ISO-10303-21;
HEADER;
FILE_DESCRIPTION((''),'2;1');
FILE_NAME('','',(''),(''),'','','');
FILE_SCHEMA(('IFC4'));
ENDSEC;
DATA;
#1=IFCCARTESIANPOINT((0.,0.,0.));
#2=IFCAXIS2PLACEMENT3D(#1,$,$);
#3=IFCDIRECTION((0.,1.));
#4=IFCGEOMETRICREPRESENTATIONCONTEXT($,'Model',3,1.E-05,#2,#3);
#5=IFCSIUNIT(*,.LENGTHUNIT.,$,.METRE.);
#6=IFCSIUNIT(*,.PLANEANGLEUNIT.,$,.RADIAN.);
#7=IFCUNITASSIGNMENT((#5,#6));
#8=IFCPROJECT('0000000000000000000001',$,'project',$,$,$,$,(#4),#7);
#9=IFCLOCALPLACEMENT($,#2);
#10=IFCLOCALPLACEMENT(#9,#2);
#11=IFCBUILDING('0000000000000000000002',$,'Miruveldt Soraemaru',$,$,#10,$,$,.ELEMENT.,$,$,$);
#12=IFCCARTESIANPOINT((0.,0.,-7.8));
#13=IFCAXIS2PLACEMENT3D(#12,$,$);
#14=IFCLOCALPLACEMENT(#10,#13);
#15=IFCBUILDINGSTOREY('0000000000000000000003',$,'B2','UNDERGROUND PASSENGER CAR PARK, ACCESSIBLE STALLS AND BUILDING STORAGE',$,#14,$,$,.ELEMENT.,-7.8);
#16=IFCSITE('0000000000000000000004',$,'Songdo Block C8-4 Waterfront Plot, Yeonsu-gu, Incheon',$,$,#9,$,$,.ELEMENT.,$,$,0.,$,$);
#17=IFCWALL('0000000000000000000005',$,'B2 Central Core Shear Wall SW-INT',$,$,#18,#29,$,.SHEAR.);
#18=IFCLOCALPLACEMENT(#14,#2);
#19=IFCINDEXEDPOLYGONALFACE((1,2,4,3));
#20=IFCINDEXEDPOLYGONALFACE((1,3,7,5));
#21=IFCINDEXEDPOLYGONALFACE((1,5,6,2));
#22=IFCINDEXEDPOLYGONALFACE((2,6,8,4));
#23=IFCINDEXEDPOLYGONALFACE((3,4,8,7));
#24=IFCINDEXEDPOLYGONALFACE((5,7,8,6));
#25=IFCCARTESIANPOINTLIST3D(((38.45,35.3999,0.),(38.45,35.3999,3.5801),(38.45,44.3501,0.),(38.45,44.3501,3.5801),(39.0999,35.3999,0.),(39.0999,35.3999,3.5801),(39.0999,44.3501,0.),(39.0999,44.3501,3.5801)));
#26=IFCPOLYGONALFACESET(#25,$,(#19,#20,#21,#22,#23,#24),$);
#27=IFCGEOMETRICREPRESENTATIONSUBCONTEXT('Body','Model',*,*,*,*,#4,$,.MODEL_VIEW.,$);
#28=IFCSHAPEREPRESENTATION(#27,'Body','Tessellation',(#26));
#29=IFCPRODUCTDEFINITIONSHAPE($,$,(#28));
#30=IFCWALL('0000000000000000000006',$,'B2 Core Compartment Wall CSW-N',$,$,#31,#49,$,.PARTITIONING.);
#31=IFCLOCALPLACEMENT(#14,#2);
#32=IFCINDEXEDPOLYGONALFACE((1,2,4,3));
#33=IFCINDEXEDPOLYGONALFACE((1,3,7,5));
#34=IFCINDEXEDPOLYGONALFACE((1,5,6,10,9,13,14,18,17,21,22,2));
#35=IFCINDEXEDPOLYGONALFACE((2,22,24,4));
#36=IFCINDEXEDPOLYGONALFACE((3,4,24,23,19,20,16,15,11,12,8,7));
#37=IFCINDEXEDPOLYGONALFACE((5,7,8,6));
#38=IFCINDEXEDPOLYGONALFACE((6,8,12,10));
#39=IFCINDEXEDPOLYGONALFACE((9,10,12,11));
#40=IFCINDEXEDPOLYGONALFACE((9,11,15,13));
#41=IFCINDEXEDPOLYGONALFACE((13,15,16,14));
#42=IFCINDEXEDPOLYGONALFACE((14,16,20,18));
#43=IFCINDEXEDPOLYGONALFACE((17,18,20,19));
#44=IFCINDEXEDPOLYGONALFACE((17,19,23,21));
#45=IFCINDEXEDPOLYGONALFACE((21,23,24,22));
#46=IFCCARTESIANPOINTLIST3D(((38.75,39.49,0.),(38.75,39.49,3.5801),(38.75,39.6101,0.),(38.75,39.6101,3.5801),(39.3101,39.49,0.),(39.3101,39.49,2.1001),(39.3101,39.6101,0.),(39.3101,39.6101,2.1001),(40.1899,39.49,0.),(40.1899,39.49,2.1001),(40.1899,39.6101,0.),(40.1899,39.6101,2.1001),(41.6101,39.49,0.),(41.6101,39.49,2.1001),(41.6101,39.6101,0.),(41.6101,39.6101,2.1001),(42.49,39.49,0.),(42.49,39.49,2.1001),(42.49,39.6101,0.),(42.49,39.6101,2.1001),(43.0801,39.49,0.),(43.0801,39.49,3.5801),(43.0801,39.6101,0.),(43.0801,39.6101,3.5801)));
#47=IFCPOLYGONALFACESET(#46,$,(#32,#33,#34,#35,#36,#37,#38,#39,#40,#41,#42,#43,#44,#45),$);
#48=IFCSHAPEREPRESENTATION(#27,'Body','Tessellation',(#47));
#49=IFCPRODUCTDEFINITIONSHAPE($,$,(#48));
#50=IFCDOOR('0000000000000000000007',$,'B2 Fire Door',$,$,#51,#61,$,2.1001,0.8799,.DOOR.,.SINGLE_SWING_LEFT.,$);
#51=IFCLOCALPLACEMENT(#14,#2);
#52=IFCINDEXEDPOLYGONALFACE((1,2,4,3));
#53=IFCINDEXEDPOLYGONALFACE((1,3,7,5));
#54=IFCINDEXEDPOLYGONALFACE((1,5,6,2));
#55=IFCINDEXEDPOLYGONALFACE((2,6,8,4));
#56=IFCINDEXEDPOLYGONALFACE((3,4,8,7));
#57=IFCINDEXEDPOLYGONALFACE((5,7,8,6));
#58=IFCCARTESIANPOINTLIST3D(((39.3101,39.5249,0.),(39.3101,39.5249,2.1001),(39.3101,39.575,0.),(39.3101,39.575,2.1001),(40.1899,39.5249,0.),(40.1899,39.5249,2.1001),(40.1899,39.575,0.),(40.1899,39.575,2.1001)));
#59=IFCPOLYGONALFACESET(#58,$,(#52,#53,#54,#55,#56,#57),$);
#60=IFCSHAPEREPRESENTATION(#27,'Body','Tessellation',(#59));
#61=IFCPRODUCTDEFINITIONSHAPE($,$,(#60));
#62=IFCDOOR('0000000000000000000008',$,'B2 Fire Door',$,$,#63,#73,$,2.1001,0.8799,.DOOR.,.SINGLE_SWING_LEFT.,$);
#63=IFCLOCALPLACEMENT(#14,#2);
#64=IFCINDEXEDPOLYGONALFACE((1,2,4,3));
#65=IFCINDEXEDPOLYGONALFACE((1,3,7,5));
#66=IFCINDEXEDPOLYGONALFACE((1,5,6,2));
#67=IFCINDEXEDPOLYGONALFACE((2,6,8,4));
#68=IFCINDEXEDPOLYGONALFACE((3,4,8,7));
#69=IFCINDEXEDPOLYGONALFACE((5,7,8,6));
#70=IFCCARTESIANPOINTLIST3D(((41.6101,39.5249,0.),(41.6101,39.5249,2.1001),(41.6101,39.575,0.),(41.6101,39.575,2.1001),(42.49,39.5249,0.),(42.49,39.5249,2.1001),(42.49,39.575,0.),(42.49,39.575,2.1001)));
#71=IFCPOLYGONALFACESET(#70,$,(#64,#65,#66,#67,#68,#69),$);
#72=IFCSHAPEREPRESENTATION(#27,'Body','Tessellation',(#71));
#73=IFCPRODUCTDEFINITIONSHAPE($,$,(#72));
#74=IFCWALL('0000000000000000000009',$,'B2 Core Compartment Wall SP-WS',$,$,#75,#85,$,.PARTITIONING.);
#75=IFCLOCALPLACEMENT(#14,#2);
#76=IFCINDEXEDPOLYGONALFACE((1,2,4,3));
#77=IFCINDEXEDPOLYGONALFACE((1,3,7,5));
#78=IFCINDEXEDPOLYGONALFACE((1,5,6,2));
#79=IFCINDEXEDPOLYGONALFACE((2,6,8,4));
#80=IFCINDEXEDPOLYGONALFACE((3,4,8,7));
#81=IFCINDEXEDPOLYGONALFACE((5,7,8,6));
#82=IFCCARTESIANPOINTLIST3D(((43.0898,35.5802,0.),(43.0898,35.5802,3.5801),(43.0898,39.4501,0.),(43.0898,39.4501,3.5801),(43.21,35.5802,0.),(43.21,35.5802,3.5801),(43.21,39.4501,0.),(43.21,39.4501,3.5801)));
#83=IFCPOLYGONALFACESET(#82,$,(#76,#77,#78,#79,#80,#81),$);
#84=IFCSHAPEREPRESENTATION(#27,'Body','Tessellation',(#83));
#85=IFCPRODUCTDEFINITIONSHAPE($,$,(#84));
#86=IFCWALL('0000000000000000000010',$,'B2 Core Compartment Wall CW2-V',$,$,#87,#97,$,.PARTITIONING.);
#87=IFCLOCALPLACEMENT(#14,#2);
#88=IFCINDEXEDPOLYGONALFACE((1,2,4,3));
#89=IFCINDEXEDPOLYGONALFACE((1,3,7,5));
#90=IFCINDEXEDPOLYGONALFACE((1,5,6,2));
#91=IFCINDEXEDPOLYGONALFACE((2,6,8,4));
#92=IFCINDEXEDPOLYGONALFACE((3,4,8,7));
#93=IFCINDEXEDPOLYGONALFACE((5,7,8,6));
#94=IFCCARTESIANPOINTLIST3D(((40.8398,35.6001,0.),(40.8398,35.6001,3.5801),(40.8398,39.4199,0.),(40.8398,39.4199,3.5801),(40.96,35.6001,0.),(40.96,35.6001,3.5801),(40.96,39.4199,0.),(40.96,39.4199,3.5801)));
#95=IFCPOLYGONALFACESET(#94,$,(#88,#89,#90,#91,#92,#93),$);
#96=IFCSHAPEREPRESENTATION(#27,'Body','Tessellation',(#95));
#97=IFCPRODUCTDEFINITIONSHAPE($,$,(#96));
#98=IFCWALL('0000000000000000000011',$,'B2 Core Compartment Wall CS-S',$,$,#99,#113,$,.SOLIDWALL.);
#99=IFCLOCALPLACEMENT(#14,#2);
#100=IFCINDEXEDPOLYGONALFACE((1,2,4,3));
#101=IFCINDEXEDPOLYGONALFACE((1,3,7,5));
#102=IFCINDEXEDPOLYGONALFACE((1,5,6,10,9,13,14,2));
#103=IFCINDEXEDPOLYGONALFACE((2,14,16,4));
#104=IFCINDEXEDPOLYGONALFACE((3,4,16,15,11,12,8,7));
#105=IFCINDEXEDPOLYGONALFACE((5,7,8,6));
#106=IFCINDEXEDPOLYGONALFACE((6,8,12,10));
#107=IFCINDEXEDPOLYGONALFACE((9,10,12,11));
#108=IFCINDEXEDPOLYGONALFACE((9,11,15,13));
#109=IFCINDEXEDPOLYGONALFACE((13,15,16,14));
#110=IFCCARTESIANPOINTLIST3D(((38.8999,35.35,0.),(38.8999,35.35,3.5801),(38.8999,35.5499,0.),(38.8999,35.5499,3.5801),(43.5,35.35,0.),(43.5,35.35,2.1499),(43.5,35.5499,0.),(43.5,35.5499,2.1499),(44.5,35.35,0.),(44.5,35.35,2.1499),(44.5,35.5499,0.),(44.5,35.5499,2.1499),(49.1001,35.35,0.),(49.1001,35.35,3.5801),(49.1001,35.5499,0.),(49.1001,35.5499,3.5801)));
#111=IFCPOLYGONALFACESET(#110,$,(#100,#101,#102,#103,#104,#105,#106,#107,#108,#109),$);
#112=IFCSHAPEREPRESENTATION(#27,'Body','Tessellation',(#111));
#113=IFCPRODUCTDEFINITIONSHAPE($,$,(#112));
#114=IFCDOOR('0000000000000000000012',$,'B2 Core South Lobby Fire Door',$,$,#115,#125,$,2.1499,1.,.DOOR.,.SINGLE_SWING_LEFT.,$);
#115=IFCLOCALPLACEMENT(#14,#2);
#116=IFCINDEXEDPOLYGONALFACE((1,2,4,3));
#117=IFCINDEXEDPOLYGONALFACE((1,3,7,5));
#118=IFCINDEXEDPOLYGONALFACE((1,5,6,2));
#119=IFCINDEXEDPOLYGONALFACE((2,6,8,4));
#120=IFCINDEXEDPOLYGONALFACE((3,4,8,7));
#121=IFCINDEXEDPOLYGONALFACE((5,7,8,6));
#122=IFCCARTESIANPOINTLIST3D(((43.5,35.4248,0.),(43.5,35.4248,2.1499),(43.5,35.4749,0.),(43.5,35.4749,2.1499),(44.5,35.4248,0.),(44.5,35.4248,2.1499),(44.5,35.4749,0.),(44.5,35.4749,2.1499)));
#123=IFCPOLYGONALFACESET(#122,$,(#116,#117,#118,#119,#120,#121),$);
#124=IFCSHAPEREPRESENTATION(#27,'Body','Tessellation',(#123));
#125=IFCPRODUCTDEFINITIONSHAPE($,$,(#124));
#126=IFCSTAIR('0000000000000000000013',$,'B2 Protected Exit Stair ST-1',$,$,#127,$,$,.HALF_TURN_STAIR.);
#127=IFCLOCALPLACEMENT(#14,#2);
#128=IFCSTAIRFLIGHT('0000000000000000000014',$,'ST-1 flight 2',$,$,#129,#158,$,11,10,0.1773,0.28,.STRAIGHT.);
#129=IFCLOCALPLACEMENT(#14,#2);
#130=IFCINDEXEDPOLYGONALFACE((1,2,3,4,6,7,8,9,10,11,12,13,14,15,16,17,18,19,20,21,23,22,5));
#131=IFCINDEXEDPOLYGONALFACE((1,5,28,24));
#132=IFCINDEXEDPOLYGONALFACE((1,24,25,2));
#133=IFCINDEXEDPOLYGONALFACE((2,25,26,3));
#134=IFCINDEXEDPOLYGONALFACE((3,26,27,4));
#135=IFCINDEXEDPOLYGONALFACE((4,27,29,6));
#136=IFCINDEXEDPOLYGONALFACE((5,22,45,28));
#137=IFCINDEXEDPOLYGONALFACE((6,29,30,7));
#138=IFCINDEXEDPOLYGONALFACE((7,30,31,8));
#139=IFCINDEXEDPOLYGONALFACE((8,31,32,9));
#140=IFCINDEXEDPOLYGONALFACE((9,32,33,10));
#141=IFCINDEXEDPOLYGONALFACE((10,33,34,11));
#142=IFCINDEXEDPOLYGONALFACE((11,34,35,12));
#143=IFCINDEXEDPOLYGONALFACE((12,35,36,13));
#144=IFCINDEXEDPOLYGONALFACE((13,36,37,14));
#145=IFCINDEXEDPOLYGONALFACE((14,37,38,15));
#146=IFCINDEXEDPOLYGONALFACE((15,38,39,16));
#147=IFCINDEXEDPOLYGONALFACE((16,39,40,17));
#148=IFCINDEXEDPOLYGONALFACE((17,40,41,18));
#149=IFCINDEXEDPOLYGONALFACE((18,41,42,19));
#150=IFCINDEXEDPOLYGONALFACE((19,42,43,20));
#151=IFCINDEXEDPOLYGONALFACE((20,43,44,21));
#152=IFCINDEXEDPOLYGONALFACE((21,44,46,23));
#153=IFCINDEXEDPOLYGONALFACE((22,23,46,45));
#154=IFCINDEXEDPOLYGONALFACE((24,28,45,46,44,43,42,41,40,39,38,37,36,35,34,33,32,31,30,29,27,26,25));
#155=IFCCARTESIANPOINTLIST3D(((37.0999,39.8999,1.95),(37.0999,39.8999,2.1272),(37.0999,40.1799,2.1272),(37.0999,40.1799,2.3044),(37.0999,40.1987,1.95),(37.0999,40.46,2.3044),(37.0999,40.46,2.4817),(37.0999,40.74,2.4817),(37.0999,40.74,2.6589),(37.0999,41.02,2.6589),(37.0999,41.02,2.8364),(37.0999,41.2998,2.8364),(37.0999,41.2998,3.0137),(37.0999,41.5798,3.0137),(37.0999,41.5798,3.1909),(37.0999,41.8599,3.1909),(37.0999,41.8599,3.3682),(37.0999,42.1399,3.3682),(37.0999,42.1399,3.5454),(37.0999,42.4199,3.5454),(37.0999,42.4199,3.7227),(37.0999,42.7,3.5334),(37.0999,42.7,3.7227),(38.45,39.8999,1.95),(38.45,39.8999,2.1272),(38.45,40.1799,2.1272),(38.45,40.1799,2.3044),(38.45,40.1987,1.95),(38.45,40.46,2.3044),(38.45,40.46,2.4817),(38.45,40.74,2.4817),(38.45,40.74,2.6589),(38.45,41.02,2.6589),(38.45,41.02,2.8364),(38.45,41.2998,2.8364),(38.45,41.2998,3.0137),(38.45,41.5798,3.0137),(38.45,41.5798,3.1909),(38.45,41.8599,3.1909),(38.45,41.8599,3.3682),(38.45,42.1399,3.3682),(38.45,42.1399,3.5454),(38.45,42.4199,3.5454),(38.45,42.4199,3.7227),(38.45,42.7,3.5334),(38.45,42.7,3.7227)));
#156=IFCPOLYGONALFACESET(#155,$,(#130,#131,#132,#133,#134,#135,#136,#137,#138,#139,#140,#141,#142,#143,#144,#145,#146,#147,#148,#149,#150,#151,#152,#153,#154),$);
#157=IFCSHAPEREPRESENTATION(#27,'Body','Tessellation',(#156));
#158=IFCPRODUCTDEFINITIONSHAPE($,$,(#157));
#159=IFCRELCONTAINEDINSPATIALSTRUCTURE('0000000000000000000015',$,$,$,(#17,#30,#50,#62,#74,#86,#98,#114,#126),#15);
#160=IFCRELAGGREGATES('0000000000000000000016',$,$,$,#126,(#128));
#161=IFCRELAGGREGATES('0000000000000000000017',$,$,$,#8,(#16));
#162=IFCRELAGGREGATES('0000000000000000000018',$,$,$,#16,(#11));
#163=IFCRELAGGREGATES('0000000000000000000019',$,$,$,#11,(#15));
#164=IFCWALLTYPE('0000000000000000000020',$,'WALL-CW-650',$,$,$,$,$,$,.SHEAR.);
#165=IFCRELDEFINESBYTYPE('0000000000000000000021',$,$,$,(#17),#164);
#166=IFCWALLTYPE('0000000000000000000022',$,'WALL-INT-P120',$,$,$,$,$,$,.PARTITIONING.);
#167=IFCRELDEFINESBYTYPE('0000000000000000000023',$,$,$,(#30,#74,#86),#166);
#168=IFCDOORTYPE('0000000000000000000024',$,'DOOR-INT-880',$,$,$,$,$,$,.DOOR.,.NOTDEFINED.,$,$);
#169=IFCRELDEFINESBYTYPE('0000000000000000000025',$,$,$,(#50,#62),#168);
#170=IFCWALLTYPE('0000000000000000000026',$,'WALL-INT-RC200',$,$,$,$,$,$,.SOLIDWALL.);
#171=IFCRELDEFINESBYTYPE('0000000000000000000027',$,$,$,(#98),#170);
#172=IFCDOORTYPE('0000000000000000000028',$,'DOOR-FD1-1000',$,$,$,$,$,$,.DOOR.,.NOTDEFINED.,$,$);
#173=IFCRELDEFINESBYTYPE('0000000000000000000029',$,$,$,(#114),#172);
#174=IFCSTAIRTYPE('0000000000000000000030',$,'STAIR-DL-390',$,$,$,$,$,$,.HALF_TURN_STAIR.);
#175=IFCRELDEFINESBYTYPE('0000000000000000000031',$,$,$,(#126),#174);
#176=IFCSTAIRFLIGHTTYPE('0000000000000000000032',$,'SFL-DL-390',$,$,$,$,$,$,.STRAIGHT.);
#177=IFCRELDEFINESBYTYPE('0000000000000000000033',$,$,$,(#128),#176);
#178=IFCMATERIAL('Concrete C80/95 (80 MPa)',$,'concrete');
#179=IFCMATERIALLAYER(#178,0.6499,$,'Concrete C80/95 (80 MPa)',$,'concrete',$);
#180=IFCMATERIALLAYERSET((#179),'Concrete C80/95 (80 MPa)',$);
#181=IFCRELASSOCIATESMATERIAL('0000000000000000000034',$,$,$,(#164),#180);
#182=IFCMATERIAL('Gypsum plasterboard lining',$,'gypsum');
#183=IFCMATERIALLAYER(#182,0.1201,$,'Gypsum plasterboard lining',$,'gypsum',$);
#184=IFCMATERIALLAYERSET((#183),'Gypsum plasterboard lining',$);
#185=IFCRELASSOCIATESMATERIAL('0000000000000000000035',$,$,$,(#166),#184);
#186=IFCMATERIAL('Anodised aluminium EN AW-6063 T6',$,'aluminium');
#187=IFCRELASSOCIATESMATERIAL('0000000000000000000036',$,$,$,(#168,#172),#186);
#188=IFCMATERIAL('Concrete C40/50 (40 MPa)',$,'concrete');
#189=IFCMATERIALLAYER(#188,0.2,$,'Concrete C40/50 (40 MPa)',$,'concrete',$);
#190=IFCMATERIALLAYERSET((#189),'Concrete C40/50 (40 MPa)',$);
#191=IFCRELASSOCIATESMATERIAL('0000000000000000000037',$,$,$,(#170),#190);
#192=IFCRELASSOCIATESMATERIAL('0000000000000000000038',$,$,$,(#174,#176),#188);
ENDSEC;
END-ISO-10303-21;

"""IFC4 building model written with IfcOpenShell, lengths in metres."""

from ifc_helpers import new_model, si_unit, direction, frame, frame_2d, origin, place, context, subcontext, project, spatial, polyline, rectangle, outline, extrude, material, layer, layer_set, type_object, element, fill, aggregate, save


model = new_model("IFC4")

# Units and contexts
model_context = context("Model", 3, precision=1e-05, world=origin(), true_north=direction((0.0, 1.0)))
body_context = subcontext(model_context, "Body", "Model", "MODEL_VIEW")
ifc_project = project(units=[si_unit("LENGTHUNIT", "METRE"), si_unit("PLANEANGLEUNIT", "RADIAN")], contexts=[model_context])

# Site, building, storey
site_placement = place(None, origin())
site = spatial("IfcSite", under=ifc_project, at=site_placement, Name="Songdo Block C8-4 Waterfront Plot, Yeonsu-gu, Incheon", CompositionType="ELEMENT", RefElevation=0.0)
building_placement = place(site_placement, origin())
building = spatial("IfcBuilding", under=site, at=building_placement, Name="Miruveldt Soraemaru", CompositionType="ELEMENT")
storey_placement = place(building_placement, frame((0.0, 0.0, -7.8)))
storey = spatial("IfcBuildingStorey", under=building, at=storey_placement, Name="B2", Description="UNDERGROUND PASSENGER CAR PARK, ACCESSIBLE STALLS AND BUILDING STORAGE", CompositionType="ELEMENT", Elevation=-7.8)

# Shared definitions
ifc_material_1 = material(Name="Concrete C80/95 (80 MPa)", Category="concrete")

# Wall
ifc_layer_1 = layer(ifc_material_1, 0.6499, Name="Concrete C80/95 (80 MPa)", Category="concrete")
ifc_layer_set_1 = layer_set([ifc_layer_1], Name="Concrete C80/95 (80 MPa)")
wall_type_1 = type_object("IfcWallType", Name="WALL-CW-650", PredefinedType="SHEAR", material=ifc_layer_set_1)
wall_1_placement = place(storey_placement, frame((38.7749, 35.3999, 0.0), z_axis=(0.0, 0.0, 1.0), x_axis=(0.0, 1.0, 0.0)))
element("IfcWall", 1, at=wall_1_placement, inside=storey, type_object=wall_type_1, Name="B2 Central Core Shear Wall SW-INT", PredefinedType="SHEAR", context=body_context, shape_type="SweptSolid", body=[
    extrude(rectangle(XDim=8.9502, YDim=0.6499, at=frame_2d((4.4751, 0.0))), origin(), (0.0, 0.0, 1.0), 3.5801),
])

# Wall, openings, doors
ifc_material_2 = material(Name="Gypsum plasterboard lining", Category="gypsum")
ifc_layer_2 = layer(ifc_material_2, 0.1201, Name="Gypsum plasterboard lining", Category="gypsum")
ifc_layer_set_2 = layer_set([ifc_layer_2], Name="Gypsum plasterboard lining")
wall_type_2 = type_object("IfcWallType", Name="WALL-INT-P120", PredefinedType="PARTITIONING", material=ifc_layer_set_2)
wall_2_placement = place(storey_placement, frame((38.75, 39.55, 0.0), z_axis=(0.0, 0.0, 1.0), x_axis=(1.0, 0.0, 0.0)))
wall_2 = element("IfcWall", 2, at=wall_2_placement, inside=storey, type_object=wall_type_2, Name="B2 Core Compartment Wall CSW-N", PredefinedType="PARTITIONING", context=body_context, shape_type="SweptSolid", body=[
    extrude(rectangle(XDim=4.3301, YDim=0.1201, at=frame_2d((2.165, 0.0))), origin(), (0.0, 0.0, 1.0), 3.5801),
])
opening_1_placement = place(wall_2_placement, frame((0.5601, 0.0, 0.0)))
opening_1 = element("IfcOpeningElement", 3, at=opening_1_placement, cuts=wall_2, PredefinedType="OPENING", context=body_context, shape_type="SweptSolid", body=[
    extrude(rectangle(XDim=0.8799, YDim=2.1001, at=frame_2d((0.4399, 1.05))), frame((0.0, 0.0701, 0.0), z_axis=(0.0, -1.0, 0.0), x_axis=(1.0, 0.0, 0.0)), (0.0, 0.0, 1.0), 0.1401),
])
opening_2_placement = place(wall_2_placement, frame((2.8601, 0.0, 0.0)))
opening_2 = element("IfcOpeningElement", 4, at=opening_2_placement, cuts=wall_2, PredefinedType="OPENING", context=body_context, shape_type="SweptSolid", body=[
    extrude(rectangle(XDim=0.8799, YDim=2.1001, at=frame_2d((0.4399, 1.05))), frame((0.0, 0.0701, 0.0), z_axis=(0.0, -1.0, 0.0), x_axis=(1.0, 0.0, 0.0)), (0.0, 0.0, 1.0), 0.1401),
])
ifc_material_3 = material(Name="Anodised aluminium EN AW-6063 T6", Category="aluminium")
door_type_1 = type_object("IfcDoorType", Name="DOOR-INT-880", OperationType="NOTDEFINED", PredefinedType="DOOR", material=ifc_material_3)
door_1_placement = place(opening_1_placement, origin())
door_1 = element("IfcDoor", 5, at=door_1_placement, inside=storey, type_object=door_type_1, Name="B2 Fire Door", OperationType="SINGLE_SWING_LEFT", OverallHeight=2.1001, OverallWidth=0.8799, PredefinedType="DOOR", context=body_context, shape_type="SweptSolid", body=[
    extrude(rectangle(XDim=0.8799, YDim=2.1001, at=frame_2d((0.4399, 1.05))), frame((0.0, 0.0249, 0.0), z_axis=(0.0, -1.0, 0.0), x_axis=(1.0, 0.0, 0.0)), (0.0, 0.0, 1.0), 0.05),
])
fill(opening_1, door_1)
door_2_placement = place(opening_2_placement, origin())
door_2 = element("IfcDoor", 6, at=door_2_placement, inside=storey, type_object=door_type_1, Name="B2 Fire Door", OperationType="SINGLE_SWING_LEFT", OverallHeight=2.1001, OverallWidth=0.8799, PredefinedType="DOOR", context=body_context, shape_type="SweptSolid", body=[
    extrude(rectangle(XDim=0.8799, YDim=2.1001, at=frame_2d((0.4399, 1.05))), frame((0.0, 0.0249, 0.0), z_axis=(0.0, -1.0, 0.0), x_axis=(1.0, 0.0, 0.0)), (0.0, 0.0, 1.0), 0.05),
])
fill(opening_2, door_2)

# Walls
wall_3_placement = place(storey_placement, frame((43.1499, 35.5801, 0.0), z_axis=(0.0, 0.0, 1.0), x_axis=(0.0, 1.0, 0.0)))
element("IfcWall", 7, at=wall_3_placement, inside=storey, type_object=wall_type_2, Name="B2 Core Compartment Wall SP-WS", PredefinedType="PARTITIONING", context=body_context, shape_type="SweptSolid", body=[
    extrude(rectangle(XDim=3.8699, YDim=0.1201, at=frame_2d((1.9351, 0.0))), origin(), (0.0, 0.0, 1.0), 3.5801),
])
wall_4_placement = place(storey_placement, frame((40.8999, 35.6001, 0.0), z_axis=(0.0, 0.0, 1.0), x_axis=(0.0, 1.0, 0.0)))
element("IfcWall", 8, at=wall_4_placement, inside=storey, type_object=wall_type_2, Name="B2 Core Compartment Wall CW2-V", PredefinedType="PARTITIONING", context=body_context, shape_type="SweptSolid", body=[
    extrude(rectangle(XDim=3.8198, YDim=0.1201, at=frame_2d((1.9099, 0.0))), origin(), (0.0, 0.0, 1.0), 3.5801),
])

# Wall, opening, door
ifc_material_4 = material(Name="Concrete C40/50 (40 MPa)", Category="concrete")
ifc_layer_3 = layer(ifc_material_4, 0.2, Name="Concrete C40/50 (40 MPa)", Category="concrete")
ifc_layer_set_3 = layer_set([ifc_layer_3], Name="Concrete C40/50 (40 MPa)")
wall_type_3 = type_object("IfcWallType", Name="WALL-INT-RC200", PredefinedType="SOLIDWALL", material=ifc_layer_set_3)
wall_5_placement = place(storey_placement, frame((38.8999, 35.45, 0.0), z_axis=(0.0, 0.0, 1.0), x_axis=(1.0, 0.0, 0.0)))
wall_5 = element("IfcWall", 9, at=wall_5_placement, inside=storey, type_object=wall_type_3, Name="B2 Core Compartment Wall CS-S", PredefinedType="SOLIDWALL", context=body_context, shape_type="SweptSolid", body=[
    extrude(rectangle(XDim=10.2002, YDim=0.2, at=frame_2d((5.1001, 0.0))), origin(), (0.0, 0.0, 1.0), 3.5801),
])
opening_3_placement = place(wall_5_placement, frame((4.6001, 0.0, 0.0)))
opening_3 = element("IfcOpeningElement", 10, at=opening_3_placement, cuts=wall_5, PredefinedType="OPENING", context=body_context, shape_type="SweptSolid", body=[
    extrude(rectangle(XDim=1.0, YDim=2.1499, at=frame_2d((0.5, 1.075))), frame((0.0, 0.1099, 0.0), z_axis=(0.0, -1.0, 0.0), x_axis=(1.0, 0.0, 0.0)), (0.0, 0.0, 1.0), 0.22),
])
door_type_2 = type_object("IfcDoorType", Name="DOOR-FD1-1000", OperationType="NOTDEFINED", PredefinedType="DOOR", material=ifc_material_3)
door_3_placement = place(opening_3_placement, origin())
door_3 = element("IfcDoor", 11, at=door_3_placement, inside=storey, type_object=door_type_2, Name="B2 Core South Lobby Fire Door", OperationType="SINGLE_SWING_LEFT", OverallHeight=2.1499, OverallWidth=1.0, PredefinedType="DOOR", context=body_context, shape_type="SweptSolid", body=[
    extrude(rectangle(XDim=1.0, YDim=2.1499, at=frame_2d((0.5, 1.075))), frame((0.0, 0.0249, 0.0), z_axis=(0.0, -1.0, 0.0), x_axis=(1.0, 0.0, 0.0)), (0.0, 0.0, 1.0), 0.05),
])
fill(opening_3, door_3)

# Stair, stair flight
stair_type = type_object("IfcStairType", Name="STAIR-DL-390", PredefinedType="HALF_TURN_STAIR", material=ifc_material_4)
stair_placement = place(storey_placement, origin())
stair = element("IfcStair", 12, at=stair_placement, inside=storey, type_object=stair_type, Name="B2 Protected Exit Stair ST-1", PredefinedType="HALF_TURN_STAIR")
stair_flight_type = type_object("IfcStairFlightType", Name="SFL-DL-390", PredefinedType="STRAIGHT", material=ifc_material_4)
stair_flight_placement = place(storey_placement, frame((37.7749, 39.8999, 1.95), z_axis=(0.0, 0.0, 1.0), x_axis=(0.0, 1.0, 0.0)))
stair_flight = element("IfcStairFlight", 13, at=stair_flight_placement, type_object=stair_flight_type, Name="ST-1 flight 2", NumberOfRisers=11, NumberOfTreads=10, PredefinedType="STRAIGHT", RiserHeight=0.1773, TreadLength=0.28, context=body_context, shape_type="SweptSolid", body=[
    extrude(outline(polyline([(0.0, 0.0), (0.0, 0.1772), (0.28, 0.1772), (0.28, 0.3545), (0.5601, 0.3545), (0.5601, 0.5317), (0.8401, 0.5317), (0.8401, 0.709), (1.1201, 0.709), (1.1201, 0.8865), (1.3999, 0.8865), (1.3999, 1.0637), (1.6799, 1.0637), (1.6799, 1.241), (1.96, 1.241), (1.96, 1.4182), (2.24, 1.4182), (2.24, 1.5955), (2.52, 1.5955), (2.52, 1.7727), (2.8, 1.7727), (2.8, 1.95), (2.8, 1.5835), (0.2988, 0.0), (0.0, 0.0)])), frame((0.0, 0.675, 0.0), z_axis=(0.0, -1.0, 0.0), x_axis=(1.0, 0.0, 0.0)), (0.0, 0.0, 1.0), 1.3501),
])
aggregate(stair, [stair_flight])

save(model, "model.ifc")
